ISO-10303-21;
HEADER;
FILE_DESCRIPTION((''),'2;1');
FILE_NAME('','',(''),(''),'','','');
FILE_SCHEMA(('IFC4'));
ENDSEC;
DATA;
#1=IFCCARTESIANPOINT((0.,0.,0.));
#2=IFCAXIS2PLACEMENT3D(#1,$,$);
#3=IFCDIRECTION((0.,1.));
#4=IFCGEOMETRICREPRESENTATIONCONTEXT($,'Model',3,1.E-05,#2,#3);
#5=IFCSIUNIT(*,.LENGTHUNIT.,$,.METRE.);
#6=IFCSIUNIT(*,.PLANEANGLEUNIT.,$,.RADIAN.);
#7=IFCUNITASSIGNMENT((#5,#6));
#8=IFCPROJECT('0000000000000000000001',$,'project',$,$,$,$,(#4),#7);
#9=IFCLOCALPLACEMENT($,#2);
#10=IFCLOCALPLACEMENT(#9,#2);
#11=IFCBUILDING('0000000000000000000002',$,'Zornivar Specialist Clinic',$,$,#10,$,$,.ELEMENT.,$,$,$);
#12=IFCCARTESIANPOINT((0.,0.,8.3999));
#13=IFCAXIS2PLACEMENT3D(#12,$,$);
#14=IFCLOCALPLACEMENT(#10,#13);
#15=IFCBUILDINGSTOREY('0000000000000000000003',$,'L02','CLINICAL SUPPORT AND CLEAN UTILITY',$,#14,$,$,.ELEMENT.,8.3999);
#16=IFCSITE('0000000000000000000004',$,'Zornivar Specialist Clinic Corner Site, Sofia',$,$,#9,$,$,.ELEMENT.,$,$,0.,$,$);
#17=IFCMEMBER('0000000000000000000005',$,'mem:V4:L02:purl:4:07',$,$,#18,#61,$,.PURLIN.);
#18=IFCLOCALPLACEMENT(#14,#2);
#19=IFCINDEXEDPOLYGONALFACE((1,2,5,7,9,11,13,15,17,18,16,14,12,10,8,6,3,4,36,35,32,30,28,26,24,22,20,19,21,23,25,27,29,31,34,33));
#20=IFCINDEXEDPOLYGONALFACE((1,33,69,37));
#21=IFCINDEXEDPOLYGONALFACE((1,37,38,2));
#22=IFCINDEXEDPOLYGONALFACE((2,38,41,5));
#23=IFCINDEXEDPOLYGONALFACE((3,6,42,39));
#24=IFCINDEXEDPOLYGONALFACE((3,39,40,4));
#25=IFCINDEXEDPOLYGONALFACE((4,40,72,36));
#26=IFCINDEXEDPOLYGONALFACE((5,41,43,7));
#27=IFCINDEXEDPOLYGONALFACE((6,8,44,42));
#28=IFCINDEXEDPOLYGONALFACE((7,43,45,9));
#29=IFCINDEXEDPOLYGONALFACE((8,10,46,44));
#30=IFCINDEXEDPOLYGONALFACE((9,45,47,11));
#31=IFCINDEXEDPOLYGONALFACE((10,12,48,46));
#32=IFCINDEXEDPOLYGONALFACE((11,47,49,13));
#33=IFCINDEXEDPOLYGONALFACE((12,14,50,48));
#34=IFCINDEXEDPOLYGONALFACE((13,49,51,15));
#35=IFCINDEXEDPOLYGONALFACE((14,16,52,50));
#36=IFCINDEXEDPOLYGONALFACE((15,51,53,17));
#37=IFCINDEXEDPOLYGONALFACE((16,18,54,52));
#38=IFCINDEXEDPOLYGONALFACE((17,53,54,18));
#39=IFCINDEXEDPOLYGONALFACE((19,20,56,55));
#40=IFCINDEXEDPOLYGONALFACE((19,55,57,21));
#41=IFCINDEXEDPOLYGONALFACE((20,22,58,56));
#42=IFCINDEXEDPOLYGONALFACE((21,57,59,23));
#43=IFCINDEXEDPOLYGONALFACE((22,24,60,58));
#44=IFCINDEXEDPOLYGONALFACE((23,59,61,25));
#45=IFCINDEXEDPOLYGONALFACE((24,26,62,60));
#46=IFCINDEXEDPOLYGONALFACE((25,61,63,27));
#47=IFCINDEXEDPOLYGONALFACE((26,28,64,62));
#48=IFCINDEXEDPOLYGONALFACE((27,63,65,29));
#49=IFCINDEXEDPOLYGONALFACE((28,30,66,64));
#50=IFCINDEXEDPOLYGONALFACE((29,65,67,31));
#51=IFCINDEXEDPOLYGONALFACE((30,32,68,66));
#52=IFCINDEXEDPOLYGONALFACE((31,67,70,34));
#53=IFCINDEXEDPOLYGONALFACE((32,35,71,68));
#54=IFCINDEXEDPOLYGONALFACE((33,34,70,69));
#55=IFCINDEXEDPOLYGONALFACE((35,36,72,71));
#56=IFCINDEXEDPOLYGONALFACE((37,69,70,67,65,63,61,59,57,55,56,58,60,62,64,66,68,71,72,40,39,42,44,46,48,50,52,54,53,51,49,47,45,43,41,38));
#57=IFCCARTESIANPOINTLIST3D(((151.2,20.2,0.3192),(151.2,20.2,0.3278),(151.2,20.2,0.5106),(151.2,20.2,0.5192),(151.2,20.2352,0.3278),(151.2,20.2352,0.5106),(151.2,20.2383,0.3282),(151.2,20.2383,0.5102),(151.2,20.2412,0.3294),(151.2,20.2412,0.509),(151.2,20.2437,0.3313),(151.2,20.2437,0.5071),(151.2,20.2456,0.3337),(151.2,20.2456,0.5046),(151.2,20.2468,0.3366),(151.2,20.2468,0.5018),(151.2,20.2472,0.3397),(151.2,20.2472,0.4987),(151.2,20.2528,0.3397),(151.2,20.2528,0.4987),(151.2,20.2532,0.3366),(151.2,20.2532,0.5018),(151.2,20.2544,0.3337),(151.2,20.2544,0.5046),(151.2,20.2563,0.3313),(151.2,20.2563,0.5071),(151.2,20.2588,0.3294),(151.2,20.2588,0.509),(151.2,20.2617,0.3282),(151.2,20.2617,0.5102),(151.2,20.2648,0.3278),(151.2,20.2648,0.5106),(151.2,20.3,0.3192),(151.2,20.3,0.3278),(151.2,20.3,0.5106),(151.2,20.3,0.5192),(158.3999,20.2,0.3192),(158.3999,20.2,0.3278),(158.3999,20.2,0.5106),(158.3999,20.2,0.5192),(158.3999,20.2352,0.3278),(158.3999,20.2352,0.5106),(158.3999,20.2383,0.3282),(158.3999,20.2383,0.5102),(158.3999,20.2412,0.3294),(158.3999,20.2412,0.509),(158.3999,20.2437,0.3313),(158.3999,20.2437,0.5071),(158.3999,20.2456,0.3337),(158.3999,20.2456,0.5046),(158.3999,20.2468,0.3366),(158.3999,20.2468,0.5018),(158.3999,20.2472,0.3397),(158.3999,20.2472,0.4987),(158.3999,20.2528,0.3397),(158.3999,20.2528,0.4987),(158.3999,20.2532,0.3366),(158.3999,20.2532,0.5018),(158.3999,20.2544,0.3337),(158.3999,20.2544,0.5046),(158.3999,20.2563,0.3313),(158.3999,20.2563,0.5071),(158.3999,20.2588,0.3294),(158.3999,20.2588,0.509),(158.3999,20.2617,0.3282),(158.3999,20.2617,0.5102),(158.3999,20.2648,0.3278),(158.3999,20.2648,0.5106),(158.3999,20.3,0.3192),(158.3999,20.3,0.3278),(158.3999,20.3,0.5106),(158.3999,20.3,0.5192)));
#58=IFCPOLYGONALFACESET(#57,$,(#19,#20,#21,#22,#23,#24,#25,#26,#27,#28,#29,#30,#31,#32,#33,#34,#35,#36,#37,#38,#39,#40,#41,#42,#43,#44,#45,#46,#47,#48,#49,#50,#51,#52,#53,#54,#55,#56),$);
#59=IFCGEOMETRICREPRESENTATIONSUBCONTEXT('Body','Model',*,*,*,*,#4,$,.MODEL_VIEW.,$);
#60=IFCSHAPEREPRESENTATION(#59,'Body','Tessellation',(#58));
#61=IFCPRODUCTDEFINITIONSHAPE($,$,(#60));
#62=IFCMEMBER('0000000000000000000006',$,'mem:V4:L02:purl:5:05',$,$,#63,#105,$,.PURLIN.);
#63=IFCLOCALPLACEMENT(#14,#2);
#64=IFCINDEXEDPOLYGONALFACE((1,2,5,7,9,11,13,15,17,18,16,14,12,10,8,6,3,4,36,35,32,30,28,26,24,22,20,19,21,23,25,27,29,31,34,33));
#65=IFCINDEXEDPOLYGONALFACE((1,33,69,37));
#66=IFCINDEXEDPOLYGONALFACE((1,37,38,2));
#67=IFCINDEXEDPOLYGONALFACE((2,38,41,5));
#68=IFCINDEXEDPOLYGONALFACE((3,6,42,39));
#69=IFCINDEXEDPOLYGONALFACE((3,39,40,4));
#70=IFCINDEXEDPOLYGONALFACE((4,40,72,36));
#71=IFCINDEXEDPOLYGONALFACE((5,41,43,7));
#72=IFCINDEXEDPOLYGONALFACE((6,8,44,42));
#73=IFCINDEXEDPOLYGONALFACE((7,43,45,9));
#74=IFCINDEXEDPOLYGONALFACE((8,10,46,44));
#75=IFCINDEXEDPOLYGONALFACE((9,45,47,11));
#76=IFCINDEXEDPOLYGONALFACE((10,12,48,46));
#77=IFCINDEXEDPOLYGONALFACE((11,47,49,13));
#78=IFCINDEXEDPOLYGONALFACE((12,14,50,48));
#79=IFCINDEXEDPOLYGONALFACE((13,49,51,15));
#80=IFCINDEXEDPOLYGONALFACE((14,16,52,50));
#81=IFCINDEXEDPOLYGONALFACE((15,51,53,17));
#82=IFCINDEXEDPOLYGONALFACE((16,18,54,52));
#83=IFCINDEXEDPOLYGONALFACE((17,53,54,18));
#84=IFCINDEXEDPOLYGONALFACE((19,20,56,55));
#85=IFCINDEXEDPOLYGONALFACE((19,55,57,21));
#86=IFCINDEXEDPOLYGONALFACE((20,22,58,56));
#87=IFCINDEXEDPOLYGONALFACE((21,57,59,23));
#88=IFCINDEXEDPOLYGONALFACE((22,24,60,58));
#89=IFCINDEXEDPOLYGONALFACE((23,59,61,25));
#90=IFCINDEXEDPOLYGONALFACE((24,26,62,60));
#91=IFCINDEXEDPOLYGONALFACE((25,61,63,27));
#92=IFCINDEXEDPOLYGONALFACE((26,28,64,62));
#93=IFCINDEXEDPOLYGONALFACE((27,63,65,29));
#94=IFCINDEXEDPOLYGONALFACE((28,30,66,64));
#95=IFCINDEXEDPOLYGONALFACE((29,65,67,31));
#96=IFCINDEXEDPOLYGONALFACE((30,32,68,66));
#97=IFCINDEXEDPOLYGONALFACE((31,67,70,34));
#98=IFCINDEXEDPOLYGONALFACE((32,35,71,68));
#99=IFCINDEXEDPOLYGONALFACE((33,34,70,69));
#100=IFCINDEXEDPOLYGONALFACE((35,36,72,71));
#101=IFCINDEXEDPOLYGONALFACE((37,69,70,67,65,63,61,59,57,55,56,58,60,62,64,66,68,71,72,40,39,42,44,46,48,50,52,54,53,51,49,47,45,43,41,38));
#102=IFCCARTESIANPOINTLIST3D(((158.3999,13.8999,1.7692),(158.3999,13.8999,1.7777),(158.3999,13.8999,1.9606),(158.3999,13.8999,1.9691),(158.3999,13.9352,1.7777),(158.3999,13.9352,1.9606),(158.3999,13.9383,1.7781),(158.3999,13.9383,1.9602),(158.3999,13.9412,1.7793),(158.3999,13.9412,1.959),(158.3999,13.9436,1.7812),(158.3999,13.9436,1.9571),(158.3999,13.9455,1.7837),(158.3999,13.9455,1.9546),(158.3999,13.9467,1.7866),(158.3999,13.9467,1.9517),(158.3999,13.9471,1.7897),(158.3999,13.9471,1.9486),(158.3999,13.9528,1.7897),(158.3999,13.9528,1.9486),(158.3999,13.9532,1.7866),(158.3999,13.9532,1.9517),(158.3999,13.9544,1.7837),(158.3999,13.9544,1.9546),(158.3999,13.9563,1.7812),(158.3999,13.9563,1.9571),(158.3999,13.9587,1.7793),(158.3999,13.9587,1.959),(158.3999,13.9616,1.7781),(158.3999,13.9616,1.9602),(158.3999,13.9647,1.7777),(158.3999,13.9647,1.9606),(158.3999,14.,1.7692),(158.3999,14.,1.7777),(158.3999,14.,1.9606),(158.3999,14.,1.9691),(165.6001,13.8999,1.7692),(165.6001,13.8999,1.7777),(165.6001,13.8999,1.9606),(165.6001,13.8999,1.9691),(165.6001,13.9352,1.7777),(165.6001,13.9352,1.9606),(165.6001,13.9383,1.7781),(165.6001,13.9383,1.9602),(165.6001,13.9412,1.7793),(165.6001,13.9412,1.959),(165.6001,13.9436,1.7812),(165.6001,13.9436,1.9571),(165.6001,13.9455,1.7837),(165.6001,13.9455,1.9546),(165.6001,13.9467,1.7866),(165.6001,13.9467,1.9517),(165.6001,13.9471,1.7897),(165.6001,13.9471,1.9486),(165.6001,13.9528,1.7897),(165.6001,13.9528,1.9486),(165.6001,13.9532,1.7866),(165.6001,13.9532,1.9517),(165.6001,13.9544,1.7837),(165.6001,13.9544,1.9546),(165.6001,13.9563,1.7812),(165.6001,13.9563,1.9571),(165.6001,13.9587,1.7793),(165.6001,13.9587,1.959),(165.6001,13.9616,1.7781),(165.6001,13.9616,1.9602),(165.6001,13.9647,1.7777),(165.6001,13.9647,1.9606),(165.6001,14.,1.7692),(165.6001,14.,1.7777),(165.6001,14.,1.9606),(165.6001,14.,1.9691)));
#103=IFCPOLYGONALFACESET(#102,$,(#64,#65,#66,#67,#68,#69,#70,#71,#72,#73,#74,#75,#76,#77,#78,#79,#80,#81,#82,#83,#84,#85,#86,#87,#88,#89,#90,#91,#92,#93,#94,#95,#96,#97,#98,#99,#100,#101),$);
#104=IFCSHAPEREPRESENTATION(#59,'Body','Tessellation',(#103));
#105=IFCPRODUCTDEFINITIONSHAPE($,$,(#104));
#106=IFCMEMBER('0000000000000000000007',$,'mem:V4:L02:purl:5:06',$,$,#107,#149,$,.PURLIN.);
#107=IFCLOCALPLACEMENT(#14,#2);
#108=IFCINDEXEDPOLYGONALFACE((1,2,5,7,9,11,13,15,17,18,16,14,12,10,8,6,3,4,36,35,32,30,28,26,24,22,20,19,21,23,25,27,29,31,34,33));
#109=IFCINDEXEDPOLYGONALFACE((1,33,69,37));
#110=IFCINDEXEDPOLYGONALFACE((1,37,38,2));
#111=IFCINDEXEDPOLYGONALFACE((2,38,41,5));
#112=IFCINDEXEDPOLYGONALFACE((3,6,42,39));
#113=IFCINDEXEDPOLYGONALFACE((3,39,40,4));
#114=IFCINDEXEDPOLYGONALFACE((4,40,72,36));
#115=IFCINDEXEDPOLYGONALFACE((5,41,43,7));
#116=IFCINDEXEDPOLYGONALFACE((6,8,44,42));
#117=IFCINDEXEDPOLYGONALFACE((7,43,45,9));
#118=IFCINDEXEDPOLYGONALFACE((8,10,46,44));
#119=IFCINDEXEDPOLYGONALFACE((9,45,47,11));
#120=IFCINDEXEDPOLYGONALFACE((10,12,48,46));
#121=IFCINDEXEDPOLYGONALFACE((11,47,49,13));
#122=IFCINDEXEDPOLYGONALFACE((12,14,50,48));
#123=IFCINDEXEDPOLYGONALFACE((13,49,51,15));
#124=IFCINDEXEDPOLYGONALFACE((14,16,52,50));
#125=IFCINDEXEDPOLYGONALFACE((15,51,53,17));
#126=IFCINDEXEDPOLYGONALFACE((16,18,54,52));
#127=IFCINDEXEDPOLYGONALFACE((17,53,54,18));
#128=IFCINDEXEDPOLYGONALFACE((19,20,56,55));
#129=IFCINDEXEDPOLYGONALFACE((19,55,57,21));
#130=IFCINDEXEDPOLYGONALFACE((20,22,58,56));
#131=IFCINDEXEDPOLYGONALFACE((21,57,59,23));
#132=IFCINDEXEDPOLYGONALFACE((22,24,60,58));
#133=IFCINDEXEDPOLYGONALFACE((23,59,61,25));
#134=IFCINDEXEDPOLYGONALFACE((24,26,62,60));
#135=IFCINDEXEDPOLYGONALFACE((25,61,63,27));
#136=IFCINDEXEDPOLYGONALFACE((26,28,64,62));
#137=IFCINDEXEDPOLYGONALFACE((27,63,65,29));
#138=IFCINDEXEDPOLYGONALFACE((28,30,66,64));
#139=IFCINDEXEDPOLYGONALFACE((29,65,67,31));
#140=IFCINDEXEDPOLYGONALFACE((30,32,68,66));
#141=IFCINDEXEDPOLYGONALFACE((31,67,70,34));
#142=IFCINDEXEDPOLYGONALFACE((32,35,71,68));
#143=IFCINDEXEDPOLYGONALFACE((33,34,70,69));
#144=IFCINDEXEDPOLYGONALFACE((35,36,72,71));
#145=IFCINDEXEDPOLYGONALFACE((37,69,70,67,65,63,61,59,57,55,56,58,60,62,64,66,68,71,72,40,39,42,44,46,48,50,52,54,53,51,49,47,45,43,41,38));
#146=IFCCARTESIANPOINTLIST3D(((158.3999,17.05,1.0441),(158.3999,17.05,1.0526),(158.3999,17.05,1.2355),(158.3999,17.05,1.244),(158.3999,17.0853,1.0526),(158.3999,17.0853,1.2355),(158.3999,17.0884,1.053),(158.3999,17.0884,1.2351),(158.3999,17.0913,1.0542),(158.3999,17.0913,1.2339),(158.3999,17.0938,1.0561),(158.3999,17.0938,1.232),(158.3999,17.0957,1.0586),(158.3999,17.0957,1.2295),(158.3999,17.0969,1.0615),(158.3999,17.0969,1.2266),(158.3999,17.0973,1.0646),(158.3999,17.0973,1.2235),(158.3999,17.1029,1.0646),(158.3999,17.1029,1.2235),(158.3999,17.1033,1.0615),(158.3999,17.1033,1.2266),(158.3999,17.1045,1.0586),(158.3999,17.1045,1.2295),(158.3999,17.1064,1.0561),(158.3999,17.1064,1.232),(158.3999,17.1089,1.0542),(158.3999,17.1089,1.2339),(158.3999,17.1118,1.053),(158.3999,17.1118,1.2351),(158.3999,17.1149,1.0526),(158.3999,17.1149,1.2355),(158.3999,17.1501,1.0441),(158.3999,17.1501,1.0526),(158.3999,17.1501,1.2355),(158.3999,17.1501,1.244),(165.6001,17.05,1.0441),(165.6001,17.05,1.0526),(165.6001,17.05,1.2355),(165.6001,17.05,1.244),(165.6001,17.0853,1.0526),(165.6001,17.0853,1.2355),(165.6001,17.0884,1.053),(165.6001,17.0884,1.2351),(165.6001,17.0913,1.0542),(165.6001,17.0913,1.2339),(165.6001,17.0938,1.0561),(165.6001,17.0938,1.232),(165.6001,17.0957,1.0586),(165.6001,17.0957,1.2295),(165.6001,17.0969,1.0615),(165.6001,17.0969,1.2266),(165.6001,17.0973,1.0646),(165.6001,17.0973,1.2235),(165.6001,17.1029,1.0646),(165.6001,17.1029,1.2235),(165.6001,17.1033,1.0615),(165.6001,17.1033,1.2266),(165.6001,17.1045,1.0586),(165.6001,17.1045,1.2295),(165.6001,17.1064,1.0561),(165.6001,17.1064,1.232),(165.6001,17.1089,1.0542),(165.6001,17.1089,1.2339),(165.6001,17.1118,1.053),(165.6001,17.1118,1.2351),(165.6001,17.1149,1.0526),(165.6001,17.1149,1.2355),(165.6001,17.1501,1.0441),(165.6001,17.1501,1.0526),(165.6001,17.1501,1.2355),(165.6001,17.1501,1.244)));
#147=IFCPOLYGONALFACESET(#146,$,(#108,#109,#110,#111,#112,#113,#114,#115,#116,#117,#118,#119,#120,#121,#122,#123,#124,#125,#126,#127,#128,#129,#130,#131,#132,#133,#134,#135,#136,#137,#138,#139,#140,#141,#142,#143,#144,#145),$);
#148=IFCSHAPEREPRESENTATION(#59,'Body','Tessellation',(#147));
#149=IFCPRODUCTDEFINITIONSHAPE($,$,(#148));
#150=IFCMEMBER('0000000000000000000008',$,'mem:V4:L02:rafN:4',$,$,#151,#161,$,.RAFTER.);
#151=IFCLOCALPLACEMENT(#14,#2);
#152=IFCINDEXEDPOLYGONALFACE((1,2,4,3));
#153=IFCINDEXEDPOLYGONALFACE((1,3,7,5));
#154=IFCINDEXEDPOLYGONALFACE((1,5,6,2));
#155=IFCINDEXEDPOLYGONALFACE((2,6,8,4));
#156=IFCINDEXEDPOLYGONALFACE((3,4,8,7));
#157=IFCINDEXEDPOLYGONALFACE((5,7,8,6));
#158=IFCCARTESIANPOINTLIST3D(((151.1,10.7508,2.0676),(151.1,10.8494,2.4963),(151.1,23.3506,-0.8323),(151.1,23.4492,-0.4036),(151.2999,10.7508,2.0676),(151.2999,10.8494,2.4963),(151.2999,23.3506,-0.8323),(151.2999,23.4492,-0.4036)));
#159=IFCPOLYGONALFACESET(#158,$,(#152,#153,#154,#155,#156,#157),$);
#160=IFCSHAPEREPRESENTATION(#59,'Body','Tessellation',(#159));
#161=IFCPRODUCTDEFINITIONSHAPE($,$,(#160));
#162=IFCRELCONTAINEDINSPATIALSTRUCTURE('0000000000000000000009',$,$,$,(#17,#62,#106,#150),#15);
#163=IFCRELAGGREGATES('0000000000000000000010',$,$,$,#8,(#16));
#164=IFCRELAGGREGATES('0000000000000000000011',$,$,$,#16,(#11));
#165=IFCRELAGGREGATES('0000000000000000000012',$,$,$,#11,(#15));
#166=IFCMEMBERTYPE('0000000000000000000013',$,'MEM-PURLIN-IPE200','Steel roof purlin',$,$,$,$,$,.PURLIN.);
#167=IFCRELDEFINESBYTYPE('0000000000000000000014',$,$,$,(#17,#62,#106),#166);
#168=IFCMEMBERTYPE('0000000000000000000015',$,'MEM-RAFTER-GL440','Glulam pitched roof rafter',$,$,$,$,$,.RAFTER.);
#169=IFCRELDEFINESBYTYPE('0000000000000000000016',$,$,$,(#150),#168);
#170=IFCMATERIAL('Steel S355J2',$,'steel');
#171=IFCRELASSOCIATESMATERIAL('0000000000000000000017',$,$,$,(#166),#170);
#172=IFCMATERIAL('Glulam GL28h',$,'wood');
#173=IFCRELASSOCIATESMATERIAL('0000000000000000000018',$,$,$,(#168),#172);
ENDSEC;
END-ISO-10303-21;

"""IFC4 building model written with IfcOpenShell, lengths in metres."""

from ifc_helpers import new_model, si_unit, direction, frame, origin, origin_2d, place, context, subcontext, project, spatial, rectangle, i_section, extrude, material, material_profile, profile_set, type_object, element, save


model = new_model("IFC4")

# Units and contexts
model_context = context("Model", 3, precision=1e-05, world=origin(), true_north=direction((0.0, 1.0)))
body_context = subcontext(model_context, "Body", "Model", "MODEL_VIEW")
ifc_project = project(units=[si_unit("LENGTHUNIT", "METRE"), si_unit("PLANEANGLEUNIT", "RADIAN")], contexts=[model_context])

# Site, building, storey
site_placement = place(None, origin())
site = spatial("IfcSite", under=ifc_project, at=site_placement, Name="Zornivar Specialist Clinic Corner Site, Sofia", CompositionType="ELEMENT", RefElevation=0.0)
building_placement = place(site_placement, origin())
building = spatial("IfcBuilding", under=site, at=building_placement, Name="Zornivar Specialist Clinic", CompositionType="ELEMENT")
storey_placement = place(building_placement, frame((0.0, 0.0, 8.3999)))
storey = spatial("IfcBuildingStorey", under=building, at=storey_placement, Name="L02", Description="CLINICAL SUPPORT AND CLEAN UTILITY", CompositionType="ELEMENT", Elevation=8.3999)

# Members
ifc_material_1 = material(Name="Steel S355J2", Category="steel")
ifc_material_profile_1 = material_profile(ifc_material_1, i_section(OverallWidth=0.1001, OverallDepth=0.2, WebThickness=0.0056, FlangeThickness=0.0085, FilletRadius=0.012, at=origin_2d()), Name="IPE 200")
ifc_profile_set_1 = profile_set([ifc_material_profile_1], Name="Steel S355J2")
member_type_1 = type_object("IfcMemberType", Name="MEM-PURLIN-IPE200", Description="Steel roof purlin", PredefinedType="PURLIN", material=ifc_profile_set_1)
for number, where, z_axis, x_axis, name in (
    (1, (151.2, 20.25, 0.4192), (1.0, 0.0, 0.0), (0.0, 1.0, 0.0), "mem:V4:L02:purl:4:07"),
):
    element("IfcMember", number, at=place(storey_placement, frame(where, z_axis=z_axis, x_axis=x_axis)), inside=storey, type_object=member_type_1, Name=name, PredefinedType="PURLIN", context=body_context, shape_type="SweptSolid", body=[
        extrude(i_section(OverallWidth=0.1001, OverallDepth=0.2, WebThickness=0.0056, FlangeThickness=0.0085, FilletRadius=0.012, at=origin_2d()), origin(), (0.0, 0.0, 1.0), 7.2),
    ])
for number, where, z_axis, x_axis, name in (
    (2, (158.3999, 13.95, 1.8691), (1.0, 0.0, 0.0), (0.0, 1.0, 0.0), "mem:V4:L02:purl:5:05"),
    (3, (158.3999, 17.1001, 1.144), (1.0, 0.0, 0.0), (0.0, 1.0, 0.0), "mem:V4:L02:purl:5:06"),
):
    element("IfcMember", number, at=place(storey_placement, frame(where, z_axis=z_axis, x_axis=x_axis)), inside=storey, type_object=member_type_1, Name=name, PredefinedType="PURLIN", context=body_context, shape_type="SweptSolid", body=[
        extrude(i_section(OverallWidth=0.1001, OverallDepth=0.2, WebThickness=0.0056, FlangeThickness=0.0085, FilletRadius=0.012, at=origin_2d()), origin(), (0.0, 0.0, 1.0), 7.2002),
    ])
ifc_material_2 = material(Name="Glulam GL28h", Category="wood")
ifc_material_profile_2 = material_profile(ifc_material_2, rectangle(XDim=0.2, YDim=0.4399, at=origin_2d()), Name="GL28h 200x440")
ifc_profile_set_2 = profile_set([ifc_material_profile_2], Name="Glulam GL28h")
member_type_2 = type_object("IfcMemberType", Name="MEM-RAFTER-GL440", Description="Glulam pitched roof rafter", PredefinedType="RAFTER", material=ifc_profile_set_2)
member_1_placement = place(storey_placement, frame((151.2, 23.3999, -0.6179), z_axis=(0.0, -0.974522, 0.22429), x_axis=(1.0, 0.0, 0.0)))
element("IfcMember", 4, at=member_1_placement, inside=storey, type_object=member_type_2, Name="mem:V4:L02:rafN:4", PredefinedType="RAFTER", context=body_context, shape_type="SweptSolid", body=[
    extrude(rectangle(XDim=0.2, YDim=0.4399, at=origin_2d()), origin(), (0.0, 0.0, 1.0), 12.9292),
])

save(model, "model.ifc")
